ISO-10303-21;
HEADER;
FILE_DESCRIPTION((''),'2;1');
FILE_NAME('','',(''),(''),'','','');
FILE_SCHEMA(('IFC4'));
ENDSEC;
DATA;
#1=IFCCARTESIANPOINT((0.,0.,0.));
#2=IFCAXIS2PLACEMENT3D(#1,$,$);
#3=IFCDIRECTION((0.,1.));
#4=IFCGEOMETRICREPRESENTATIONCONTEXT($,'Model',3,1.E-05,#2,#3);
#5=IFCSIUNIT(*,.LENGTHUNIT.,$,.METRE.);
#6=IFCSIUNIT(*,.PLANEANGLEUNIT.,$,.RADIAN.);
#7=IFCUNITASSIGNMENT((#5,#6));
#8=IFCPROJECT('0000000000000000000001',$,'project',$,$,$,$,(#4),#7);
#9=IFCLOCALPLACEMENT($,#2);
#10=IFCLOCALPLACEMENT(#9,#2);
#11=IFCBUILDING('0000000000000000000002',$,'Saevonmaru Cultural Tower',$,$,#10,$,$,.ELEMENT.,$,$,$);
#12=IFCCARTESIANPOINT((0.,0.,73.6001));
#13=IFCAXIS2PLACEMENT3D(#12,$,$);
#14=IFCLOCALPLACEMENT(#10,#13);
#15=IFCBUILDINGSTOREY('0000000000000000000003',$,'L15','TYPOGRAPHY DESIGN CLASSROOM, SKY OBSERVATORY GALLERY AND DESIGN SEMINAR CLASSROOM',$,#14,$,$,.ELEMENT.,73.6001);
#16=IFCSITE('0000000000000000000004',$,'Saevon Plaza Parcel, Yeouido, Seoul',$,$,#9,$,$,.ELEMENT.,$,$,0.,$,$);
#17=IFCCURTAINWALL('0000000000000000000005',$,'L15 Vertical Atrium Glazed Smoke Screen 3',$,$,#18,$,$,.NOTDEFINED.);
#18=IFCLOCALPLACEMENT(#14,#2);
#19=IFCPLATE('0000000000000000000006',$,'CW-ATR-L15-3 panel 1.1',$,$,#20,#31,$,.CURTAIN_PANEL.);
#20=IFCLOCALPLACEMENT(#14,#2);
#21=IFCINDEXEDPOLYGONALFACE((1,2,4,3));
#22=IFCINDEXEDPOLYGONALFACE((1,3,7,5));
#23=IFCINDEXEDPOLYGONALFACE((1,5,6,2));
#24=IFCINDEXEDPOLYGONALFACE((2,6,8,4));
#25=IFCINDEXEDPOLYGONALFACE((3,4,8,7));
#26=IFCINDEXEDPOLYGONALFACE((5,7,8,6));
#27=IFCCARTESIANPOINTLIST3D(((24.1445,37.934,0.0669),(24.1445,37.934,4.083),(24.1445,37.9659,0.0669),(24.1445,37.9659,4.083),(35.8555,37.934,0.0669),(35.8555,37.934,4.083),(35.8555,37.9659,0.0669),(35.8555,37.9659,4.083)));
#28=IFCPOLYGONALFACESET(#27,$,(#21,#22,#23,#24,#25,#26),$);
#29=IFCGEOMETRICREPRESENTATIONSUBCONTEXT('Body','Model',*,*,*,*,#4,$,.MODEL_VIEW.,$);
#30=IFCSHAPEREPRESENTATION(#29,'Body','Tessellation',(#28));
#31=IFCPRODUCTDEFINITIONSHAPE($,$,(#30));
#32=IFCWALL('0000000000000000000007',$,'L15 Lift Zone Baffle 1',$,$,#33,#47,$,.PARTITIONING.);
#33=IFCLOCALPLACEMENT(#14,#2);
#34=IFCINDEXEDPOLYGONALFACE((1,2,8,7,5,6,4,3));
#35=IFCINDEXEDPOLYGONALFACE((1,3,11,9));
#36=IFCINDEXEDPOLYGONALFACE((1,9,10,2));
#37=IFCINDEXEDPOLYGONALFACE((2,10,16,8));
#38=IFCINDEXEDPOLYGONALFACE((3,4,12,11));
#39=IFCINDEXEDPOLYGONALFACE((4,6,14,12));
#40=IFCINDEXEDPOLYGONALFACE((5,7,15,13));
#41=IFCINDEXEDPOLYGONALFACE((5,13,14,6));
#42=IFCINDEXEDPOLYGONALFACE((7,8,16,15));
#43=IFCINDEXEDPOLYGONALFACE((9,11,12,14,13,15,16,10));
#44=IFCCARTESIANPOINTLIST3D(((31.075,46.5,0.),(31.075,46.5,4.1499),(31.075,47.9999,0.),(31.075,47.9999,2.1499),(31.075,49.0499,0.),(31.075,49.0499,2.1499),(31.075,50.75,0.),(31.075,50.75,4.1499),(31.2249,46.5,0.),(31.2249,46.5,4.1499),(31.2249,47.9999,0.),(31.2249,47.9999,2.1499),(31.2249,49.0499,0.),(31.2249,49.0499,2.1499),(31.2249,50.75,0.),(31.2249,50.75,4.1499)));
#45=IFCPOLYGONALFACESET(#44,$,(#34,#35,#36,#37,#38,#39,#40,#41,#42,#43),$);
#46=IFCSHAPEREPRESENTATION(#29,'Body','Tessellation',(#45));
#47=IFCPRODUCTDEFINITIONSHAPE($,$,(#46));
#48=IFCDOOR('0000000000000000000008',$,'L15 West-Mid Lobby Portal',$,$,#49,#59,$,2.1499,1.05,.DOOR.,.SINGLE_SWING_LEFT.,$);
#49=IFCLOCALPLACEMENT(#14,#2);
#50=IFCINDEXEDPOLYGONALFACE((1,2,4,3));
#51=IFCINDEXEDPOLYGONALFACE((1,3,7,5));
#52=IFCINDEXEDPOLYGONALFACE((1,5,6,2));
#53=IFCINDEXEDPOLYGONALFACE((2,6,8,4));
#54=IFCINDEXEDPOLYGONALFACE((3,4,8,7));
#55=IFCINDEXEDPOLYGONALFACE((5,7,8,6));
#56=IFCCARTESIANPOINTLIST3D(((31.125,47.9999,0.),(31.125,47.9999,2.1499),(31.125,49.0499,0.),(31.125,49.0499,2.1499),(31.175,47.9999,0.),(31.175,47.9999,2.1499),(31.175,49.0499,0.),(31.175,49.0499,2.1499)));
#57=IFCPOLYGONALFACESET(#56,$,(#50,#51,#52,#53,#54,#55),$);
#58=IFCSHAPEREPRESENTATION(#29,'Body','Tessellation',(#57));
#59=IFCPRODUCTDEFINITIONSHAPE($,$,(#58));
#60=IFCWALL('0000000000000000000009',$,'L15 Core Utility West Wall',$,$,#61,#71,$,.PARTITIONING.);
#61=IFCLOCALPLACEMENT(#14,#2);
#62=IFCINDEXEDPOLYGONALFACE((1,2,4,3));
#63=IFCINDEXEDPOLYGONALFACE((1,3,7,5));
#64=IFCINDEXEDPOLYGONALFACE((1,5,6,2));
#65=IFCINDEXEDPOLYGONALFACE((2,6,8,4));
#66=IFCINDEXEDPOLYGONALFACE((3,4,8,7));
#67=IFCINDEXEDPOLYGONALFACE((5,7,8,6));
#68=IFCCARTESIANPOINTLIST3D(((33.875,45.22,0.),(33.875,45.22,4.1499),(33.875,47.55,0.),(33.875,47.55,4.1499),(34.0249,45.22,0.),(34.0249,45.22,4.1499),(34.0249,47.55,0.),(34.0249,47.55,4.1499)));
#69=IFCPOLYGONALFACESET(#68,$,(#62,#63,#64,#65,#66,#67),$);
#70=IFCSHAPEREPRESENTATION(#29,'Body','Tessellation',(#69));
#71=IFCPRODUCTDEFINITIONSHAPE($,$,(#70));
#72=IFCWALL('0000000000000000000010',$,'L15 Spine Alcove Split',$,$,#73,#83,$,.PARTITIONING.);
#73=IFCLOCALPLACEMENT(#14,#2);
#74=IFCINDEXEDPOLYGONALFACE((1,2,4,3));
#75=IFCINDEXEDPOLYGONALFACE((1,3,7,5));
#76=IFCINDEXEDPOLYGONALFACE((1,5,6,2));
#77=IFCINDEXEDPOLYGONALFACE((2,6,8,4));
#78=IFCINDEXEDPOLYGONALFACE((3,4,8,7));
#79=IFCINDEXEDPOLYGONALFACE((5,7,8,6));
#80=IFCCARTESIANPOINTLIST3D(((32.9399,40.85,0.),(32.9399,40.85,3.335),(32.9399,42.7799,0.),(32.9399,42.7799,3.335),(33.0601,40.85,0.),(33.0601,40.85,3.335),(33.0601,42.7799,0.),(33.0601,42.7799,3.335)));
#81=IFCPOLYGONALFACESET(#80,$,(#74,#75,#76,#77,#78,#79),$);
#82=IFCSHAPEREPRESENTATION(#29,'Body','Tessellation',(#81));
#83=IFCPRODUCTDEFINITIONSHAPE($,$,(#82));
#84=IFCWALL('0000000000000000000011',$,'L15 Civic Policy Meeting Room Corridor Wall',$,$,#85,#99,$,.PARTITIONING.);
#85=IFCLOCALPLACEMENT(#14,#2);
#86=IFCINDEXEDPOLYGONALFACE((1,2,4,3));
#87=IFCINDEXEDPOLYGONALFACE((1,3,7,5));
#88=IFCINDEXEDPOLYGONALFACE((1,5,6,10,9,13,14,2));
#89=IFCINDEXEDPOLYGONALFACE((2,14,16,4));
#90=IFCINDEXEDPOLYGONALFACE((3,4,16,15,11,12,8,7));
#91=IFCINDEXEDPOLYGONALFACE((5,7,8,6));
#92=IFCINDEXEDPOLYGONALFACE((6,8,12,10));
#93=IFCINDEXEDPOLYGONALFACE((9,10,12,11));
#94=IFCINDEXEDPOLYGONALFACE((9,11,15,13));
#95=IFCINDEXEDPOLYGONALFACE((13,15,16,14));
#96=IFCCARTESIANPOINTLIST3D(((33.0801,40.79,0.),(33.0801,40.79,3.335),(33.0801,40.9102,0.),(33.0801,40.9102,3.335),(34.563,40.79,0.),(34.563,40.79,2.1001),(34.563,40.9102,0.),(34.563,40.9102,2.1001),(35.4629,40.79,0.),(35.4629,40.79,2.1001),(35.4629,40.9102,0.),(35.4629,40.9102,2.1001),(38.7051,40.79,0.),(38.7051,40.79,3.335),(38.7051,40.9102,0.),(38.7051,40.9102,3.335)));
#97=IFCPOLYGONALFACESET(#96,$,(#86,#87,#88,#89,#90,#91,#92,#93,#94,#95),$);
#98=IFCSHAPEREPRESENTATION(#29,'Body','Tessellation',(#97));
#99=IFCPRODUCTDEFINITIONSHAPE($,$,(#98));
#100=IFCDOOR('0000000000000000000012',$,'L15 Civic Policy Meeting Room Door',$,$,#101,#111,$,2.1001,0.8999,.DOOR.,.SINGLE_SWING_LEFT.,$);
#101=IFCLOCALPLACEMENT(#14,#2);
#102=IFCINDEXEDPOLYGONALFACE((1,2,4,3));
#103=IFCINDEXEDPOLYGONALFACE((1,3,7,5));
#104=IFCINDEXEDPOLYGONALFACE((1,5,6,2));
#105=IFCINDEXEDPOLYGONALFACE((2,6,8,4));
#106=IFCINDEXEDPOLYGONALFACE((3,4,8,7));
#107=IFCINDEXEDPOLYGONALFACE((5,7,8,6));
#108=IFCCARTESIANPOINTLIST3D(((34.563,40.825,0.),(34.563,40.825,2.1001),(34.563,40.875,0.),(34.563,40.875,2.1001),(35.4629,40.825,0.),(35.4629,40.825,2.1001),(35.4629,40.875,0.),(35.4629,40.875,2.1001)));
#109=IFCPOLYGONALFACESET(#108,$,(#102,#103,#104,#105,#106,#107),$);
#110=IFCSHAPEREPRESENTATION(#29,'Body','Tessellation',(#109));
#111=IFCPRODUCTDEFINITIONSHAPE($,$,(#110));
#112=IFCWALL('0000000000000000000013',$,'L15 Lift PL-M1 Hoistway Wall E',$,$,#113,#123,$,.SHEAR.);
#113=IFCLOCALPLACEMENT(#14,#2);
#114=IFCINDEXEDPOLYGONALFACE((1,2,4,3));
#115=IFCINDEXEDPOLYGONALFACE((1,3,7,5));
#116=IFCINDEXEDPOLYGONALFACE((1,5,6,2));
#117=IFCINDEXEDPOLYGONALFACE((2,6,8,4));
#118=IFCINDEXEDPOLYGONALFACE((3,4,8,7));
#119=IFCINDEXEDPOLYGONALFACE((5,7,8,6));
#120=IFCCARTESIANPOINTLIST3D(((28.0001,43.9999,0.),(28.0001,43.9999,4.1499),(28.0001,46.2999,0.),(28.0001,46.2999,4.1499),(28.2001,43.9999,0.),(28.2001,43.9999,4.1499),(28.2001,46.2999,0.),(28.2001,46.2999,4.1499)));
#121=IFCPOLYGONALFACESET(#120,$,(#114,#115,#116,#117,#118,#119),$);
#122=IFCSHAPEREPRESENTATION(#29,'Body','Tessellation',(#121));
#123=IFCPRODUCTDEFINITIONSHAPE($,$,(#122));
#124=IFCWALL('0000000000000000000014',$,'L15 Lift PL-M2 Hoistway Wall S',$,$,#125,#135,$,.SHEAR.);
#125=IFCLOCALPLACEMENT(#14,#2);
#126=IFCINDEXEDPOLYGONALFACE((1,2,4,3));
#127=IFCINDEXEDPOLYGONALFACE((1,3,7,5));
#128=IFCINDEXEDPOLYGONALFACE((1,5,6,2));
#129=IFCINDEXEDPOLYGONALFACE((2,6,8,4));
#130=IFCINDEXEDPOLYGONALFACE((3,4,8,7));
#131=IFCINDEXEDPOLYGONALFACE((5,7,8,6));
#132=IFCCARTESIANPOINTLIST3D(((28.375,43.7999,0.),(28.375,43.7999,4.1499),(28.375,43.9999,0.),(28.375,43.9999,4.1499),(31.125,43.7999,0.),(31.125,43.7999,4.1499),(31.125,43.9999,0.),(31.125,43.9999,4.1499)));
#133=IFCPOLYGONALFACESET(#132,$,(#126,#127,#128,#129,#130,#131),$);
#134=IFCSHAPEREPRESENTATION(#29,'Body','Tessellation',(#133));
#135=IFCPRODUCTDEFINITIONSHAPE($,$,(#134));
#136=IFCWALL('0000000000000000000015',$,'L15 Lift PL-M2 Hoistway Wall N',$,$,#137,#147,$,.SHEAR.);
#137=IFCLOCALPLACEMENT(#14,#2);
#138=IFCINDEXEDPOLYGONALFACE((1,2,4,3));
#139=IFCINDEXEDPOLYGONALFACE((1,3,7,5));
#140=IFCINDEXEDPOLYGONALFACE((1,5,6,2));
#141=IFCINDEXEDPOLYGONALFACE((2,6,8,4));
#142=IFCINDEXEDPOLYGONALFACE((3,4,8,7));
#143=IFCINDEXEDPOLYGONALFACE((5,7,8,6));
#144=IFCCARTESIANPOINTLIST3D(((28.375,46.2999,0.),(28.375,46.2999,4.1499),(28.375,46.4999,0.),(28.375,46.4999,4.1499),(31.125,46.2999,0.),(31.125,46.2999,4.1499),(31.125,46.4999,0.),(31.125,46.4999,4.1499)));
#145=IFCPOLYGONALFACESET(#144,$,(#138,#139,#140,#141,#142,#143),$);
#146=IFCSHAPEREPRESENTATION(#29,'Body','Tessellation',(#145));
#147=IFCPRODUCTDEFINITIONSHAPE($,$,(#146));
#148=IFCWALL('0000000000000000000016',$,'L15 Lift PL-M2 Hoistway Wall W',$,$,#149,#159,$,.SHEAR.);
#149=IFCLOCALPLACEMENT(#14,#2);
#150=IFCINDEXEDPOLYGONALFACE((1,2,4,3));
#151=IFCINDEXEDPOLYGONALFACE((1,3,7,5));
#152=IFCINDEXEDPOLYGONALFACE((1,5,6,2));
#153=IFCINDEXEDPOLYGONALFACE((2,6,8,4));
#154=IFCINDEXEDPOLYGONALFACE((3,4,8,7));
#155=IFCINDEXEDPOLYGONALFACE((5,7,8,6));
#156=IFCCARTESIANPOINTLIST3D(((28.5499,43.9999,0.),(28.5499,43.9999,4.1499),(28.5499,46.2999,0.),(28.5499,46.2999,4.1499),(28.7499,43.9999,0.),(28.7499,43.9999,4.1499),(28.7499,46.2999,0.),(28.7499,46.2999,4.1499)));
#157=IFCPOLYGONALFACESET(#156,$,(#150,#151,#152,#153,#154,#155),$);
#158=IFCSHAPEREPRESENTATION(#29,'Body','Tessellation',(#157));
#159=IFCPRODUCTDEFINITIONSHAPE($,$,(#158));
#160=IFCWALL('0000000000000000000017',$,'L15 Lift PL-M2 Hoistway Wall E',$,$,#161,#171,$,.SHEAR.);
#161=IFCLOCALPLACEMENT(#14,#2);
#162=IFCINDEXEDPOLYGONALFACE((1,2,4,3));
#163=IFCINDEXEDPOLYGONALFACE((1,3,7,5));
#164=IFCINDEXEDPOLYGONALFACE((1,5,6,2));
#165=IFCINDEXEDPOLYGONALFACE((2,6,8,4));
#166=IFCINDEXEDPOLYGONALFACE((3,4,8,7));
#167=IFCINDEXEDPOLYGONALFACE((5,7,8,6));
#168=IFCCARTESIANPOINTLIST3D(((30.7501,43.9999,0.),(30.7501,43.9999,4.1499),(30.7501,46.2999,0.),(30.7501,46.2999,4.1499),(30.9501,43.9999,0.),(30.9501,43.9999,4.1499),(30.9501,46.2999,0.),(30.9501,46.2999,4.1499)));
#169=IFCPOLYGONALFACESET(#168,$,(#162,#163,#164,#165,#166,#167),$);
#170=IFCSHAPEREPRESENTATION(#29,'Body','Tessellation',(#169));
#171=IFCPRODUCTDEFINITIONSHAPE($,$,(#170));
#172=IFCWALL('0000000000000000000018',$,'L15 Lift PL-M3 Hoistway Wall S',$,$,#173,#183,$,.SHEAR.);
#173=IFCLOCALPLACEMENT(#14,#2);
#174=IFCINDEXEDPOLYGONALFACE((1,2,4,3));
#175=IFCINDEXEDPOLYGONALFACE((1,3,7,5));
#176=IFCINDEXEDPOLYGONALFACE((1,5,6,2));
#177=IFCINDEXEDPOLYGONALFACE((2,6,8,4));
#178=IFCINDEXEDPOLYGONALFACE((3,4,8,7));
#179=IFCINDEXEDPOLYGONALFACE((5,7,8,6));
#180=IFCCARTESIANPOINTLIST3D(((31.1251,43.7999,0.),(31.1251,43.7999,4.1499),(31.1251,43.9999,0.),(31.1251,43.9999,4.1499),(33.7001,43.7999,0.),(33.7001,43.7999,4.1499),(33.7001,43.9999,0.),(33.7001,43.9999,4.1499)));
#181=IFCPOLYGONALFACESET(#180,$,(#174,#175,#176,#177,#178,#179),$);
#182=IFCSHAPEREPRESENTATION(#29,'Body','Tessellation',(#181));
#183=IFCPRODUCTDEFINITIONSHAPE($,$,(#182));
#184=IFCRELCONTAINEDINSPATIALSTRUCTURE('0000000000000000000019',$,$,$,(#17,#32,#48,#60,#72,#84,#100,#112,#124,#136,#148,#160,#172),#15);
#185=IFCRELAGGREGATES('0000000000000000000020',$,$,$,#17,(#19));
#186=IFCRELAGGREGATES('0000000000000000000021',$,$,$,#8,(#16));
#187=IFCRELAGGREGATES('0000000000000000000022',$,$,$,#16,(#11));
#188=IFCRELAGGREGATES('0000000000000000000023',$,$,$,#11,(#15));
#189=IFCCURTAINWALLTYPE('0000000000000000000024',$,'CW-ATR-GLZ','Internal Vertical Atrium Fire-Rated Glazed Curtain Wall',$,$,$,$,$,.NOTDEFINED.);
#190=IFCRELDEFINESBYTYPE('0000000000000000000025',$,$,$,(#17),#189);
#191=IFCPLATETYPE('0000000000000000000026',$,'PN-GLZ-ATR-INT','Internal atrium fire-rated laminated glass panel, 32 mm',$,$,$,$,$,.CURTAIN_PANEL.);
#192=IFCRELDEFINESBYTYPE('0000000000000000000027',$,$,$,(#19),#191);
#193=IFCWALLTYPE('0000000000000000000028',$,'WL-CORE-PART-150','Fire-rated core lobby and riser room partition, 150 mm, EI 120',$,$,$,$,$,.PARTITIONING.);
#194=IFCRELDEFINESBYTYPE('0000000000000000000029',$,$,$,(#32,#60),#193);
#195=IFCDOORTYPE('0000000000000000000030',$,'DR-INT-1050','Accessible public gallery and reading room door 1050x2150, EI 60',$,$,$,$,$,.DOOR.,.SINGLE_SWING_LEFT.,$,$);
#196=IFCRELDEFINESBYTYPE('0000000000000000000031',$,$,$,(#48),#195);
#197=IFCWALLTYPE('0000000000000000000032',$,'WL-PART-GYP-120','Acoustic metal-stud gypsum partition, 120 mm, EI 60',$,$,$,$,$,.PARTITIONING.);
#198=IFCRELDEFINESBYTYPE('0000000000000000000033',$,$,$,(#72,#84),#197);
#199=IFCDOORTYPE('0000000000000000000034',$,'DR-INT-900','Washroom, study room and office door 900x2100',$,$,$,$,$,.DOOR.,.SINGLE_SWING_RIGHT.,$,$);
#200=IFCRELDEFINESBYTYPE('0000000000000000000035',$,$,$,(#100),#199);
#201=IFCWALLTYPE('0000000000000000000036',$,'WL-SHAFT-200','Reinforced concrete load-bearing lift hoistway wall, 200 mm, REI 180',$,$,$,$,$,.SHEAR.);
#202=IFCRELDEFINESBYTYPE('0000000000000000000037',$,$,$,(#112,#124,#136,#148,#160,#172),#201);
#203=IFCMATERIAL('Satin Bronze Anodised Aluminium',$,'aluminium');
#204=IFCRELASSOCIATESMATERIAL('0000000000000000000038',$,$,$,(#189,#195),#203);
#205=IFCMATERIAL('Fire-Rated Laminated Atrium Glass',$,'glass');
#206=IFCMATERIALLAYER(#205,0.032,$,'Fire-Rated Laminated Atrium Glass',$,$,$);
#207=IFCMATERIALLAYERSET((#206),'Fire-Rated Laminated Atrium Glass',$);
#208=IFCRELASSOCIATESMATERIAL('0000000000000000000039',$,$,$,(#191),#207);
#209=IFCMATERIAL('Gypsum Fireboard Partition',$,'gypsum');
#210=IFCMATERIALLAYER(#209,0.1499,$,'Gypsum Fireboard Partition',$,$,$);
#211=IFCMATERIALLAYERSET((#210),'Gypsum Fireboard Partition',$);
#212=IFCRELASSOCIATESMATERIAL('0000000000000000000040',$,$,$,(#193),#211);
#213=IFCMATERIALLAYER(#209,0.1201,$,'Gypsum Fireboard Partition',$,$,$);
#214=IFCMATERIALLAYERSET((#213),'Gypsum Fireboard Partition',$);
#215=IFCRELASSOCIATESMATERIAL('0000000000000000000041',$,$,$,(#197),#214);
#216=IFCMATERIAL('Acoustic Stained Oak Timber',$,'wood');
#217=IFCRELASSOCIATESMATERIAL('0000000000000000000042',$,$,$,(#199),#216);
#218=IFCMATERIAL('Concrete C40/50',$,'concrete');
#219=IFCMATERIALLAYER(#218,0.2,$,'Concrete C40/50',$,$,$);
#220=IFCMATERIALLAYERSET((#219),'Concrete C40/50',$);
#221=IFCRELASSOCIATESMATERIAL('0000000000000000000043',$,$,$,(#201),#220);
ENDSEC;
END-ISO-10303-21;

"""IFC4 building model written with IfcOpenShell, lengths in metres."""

from ifc_helpers import new_model, si_unit, direction, frame, frame_2d, origin, origin_2d, place, context, subcontext, project, spatial, rectangle, extrude, material, layer, layer_set, type_object, element, fill, aggregate, save


model = new_model("IFC4")

# Units and contexts
model_context = context("Model", 3, precision=1e-05, world=origin(), true_north=direction((0.0, 1.0)))
body_context = subcontext(model_context, "Body", "Model", "MODEL_VIEW")
ifc_project = project(units=[si_unit("LENGTHUNIT", "METRE"), si_unit("PLANEANGLEUNIT", "RADIAN")], contexts=[model_context])

# Site, building, storey
site_placement = place(None, origin())
site = spatial("IfcSite", under=ifc_project, at=site_placement, Name="Saevon Plaza Parcel, Yeouido, Seoul", CompositionType="ELEMENT", RefElevation=0.0)
building_placement = place(site_placement, origin())
building = spatial("IfcBuilding", under=site, at=building_placement, Name="Saevonmaru Cultural Tower", CompositionType="ELEMENT")
storey_placement = place(building_placement, frame((0.0, 0.0, 73.6001)))
storey = spatial("IfcBuildingStorey", under=building, at=storey_placement, Name="L15", Description="TYPOGRAPHY DESIGN CLASSROOM, SKY OBSERVATORY GALLERY AND DESIGN SEMINAR CLASSROOM", CompositionType="ELEMENT", Elevation=73.6001)

# Curtain wall, plate
ifc_material_1 = material(Name="Satin Bronze Anodised Aluminium", Category="aluminium")
curtain_wall_type = type_object("IfcCurtainWallType", Name="CW-ATR-GLZ", Description="Internal Vertical Atrium Fire-Rated Glazed Curtain Wall", PredefinedType="NOTDEFINED", material=ifc_material_1)
curtain_wall_placement = place(storey_placement, origin())
curtain_wall = element("IfcCurtainWall", 1, at=curtain_wall_placement, inside=storey, type_object=curtain_wall_type, Name="L15 Vertical Atrium Glazed Smoke Screen 3", PredefinedType="NOTDEFINED")
ifc_material_2 = material(Name="Fire-Rated Laminated Atrium Glass", Category="glass")
ifc_layer_1 = layer(ifc_material_2, 0.032, Name="Fire-Rated Laminated Atrium Glass")
ifc_layer_set_1 = layer_set([ifc_layer_1], Name="Fire-Rated Laminated Atrium Glass")
plate_type = type_object("IfcPlateType", Name="PN-GLZ-ATR-INT", Description="Internal atrium fire-rated laminated glass panel, 32 mm", PredefinedType="CURTAIN_PANEL", material=ifc_layer_set_1)
plate_placement = place(storey_placement, frame((30.0, 37.95, 0.0669), z_axis=(0.0, 0.0, 1.0), x_axis=(-1.0, 0.0, 0.0)))
plate = element("IfcPlate", 2, at=plate_placement, type_object=plate_type, Name="CW-ATR-L15-3 panel 1.1", PredefinedType="CURTAIN_PANEL", context=body_context, shape_type="SweptSolid", body=[
    extrude(rectangle(XDim=11.7109, YDim=0.032, at=origin_2d()), origin(), (0.0, 0.0, 1.0), 4.0161),
])
aggregate(curtain_wall, [plate])

# Wall, opening, door
ifc_material_3 = material(Name="Gypsum Fireboard Partition", Category="gypsum")
ifc_layer_2 = layer(ifc_material_3, 0.1499, Name="Gypsum Fireboard Partition")
ifc_layer_set_2 = layer_set([ifc_layer_2], Name="Gypsum Fireboard Partition")
wall_type_1 = type_object("IfcWallType", Name="WL-CORE-PART-150", Description="Fire-rated core lobby and riser room partition, 150 mm, EI 120", PredefinedType="PARTITIONING", material=ifc_layer_set_2)
wall_1_placement = place(storey_placement, frame((31.1499, 46.5, 0.0), z_axis=(0.0, 0.0, 1.0), x_axis=(0.0, 1.0, 0.0)))
wall_1 = element("IfcWall", 3, at=wall_1_placement, inside=storey, type_object=wall_type_1, Name="L15 Lift Zone Baffle 1", PredefinedType="PARTITIONING", context=body_context, shape_type="SweptSolid", body=[
    extrude(rectangle(XDim=4.25, YDim=0.1499, at=frame_2d((2.125, 0.0))), origin(), (0.0, 0.0, 1.0), 4.1499),
])
opening_1_placement = place(wall_1_placement, frame((1.5, 0.0, 0.0)))
opening_1 = element("IfcOpeningElement", 4, at=opening_1_placement, cuts=wall_1, PredefinedType="OPENING", context=body_context, shape_type="SweptSolid", body=[
    extrude(rectangle(XDim=1.05, YDim=2.1499, at=frame_2d((0.5249, 1.075))), frame((0.0, 0.085, 0.0), z_axis=(0.0, -1.0, 0.0), x_axis=(1.0, 0.0, 0.0)), (0.0, 0.0, 1.0), 0.1699),
])
door_type_1 = type_object("IfcDoorType", Name="DR-INT-1050", Description="Accessible public gallery and reading room door 1050x2150, EI 60", OperationType="SINGLE_SWING_LEFT", PredefinedType="DOOR", material=ifc_material_1)
door_1_placement = place(opening_1_placement, origin())
door_1 = element("IfcDoor", 5, at=door_1_placement, inside=storey, type_object=door_type_1, Name="L15 West-Mid Lobby Portal", OperationType="SINGLE_SWING_LEFT", OverallHeight=2.1499, OverallWidth=1.05, PredefinedType="DOOR", context=body_context, shape_type="SweptSolid", body=[
    extrude(rectangle(XDim=1.05, YDim=2.1499, at=frame_2d((0.5249, 1.075))), frame((0.0, 0.0249, 0.0), z_axis=(0.0, -1.0, 0.0), x_axis=(1.0, 0.0, 0.0)), (0.0, 0.0, 1.0), 0.05),
])
fill(opening_1, door_1)

# Walls
wall_2_placement = place(storey_placement, frame((33.95, 45.22, 0.0), z_axis=(0.0, 0.0, 1.0), x_axis=(0.0, 1.0, 0.0)))
element("IfcWall", 6, at=wall_2_placement, inside=storey, type_object=wall_type_1, Name="L15 Core Utility West Wall", PredefinedType="PARTITIONING", context=body_context, shape_type="SweptSolid", body=[
    extrude(rectangle(XDim=2.3301, YDim=0.1499, at=frame_2d((1.165, 0.0))), origin(), (0.0, 0.0, 1.0), 4.1499),
])
ifc_layer_3 = layer(ifc_material_3, 0.1201, Name="Gypsum Fireboard Partition")
ifc_layer_set_3 = layer_set([ifc_layer_3], Name="Gypsum Fireboard Partition")
wall_type_2 = type_object("IfcWallType", Name="WL-PART-GYP-120", Description="Acoustic metal-stud gypsum partition, 120 mm, EI 60", PredefinedType="PARTITIONING", material=ifc_layer_set_3)
wall_3_placement = place(storey_placement, frame((33.0, 40.8501, 0.0), z_axis=(0.0, 0.0, 1.0), x_axis=(0.0, 1.0, 0.0)))
element("IfcWall", 7, at=wall_3_placement, inside=storey, type_object=wall_type_2, Name="L15 Spine Alcove Split", PredefinedType="PARTITIONING", context=body_context, shape_type="SweptSolid", body=[
    extrude(rectangle(XDim=1.9299, YDim=0.1201, at=frame_2d((0.9648, 0.0))), origin(), (0.0, 0.0, 1.0), 3.335),
])

# Wall, opening, door
wall_4_placement = place(storey_placement, frame((33.0801, 40.8501, 0.0), z_axis=(0.0, 0.0, 1.0), x_axis=(1.0, 0.0, 0.0)))
wall_4 = element("IfcWall", 8, at=wall_4_placement, inside=storey, type_object=wall_type_2, Name="L15 Civic Policy Meeting Room Corridor Wall", PredefinedType="PARTITIONING", context=body_context, shape_type="SweptSolid", body=[
    extrude(rectangle(XDim=5.625, YDim=0.1201, at=frame_2d((2.8125, 0.0))), origin(), (0.0, 0.0, 1.0), 3.335),
])
opening_2_placement = place(wall_4_placement, frame((1.4829, 0.0, 0.0)))
opening_2 = element("IfcOpeningElement", 9, at=opening_2_placement, cuts=wall_4, PredefinedType="OPENING", context=body_context, shape_type="SweptSolid", body=[
    extrude(rectangle(XDim=0.8999, YDim=2.1001, at=frame_2d((0.45, 1.05))), frame((0.0, 0.0701, 0.0), z_axis=(0.0, -1.0, 0.0), x_axis=(1.0, 0.0, 0.0)), (0.0, 0.0, 1.0), 0.1401),
])
ifc_material_4 = material(Name="Acoustic Stained Oak Timber", Category="wood")
door_type_2 = type_object("IfcDoorType", Name="DR-INT-900", Description="Washroom, study room and office door 900x2100", OperationType="SINGLE_SWING_RIGHT", PredefinedType="DOOR", material=ifc_material_4)
door_2_placement = place(opening_2_placement, origin())
door_2 = element("IfcDoor", 10, at=door_2_placement, inside=storey, type_object=door_type_2, Name="L15 Civic Policy Meeting Room Door", OperationType="SINGLE_SWING_LEFT", OverallHeight=2.1001, OverallWidth=0.8999, PredefinedType="DOOR", context=body_context, shape_type="SweptSolid", body=[
    extrude(rectangle(XDim=0.8999, YDim=2.1001, at=frame_2d((0.45, 1.05))), frame((0.0, 0.0249, 0.0), z_axis=(0.0, -1.0, 0.0), x_axis=(1.0, 0.0, 0.0)), (0.0, 0.0, 1.0), 0.05),
])
fill(opening_2, door_2)

# Walls
ifc_material_5 = material(Name="Concrete C40/50", Category="concrete")
ifc_layer_4 = layer(ifc_material_5, 0.2, Name="Concrete C40/50")
ifc_layer_set_4 = layer_set([ifc_layer_4], Name="Concrete C40/50")
wall_type_3 = type_object("IfcWallType", Name="WL-SHAFT-200", Description="Reinforced concrete load-bearing lift hoistway wall, 200 mm, REI 180", PredefinedType="SHEAR", material=ifc_layer_set_4)
wall_5_placement = place(storey_placement, frame((28.1001, 44.0, 0.0), z_axis=(0.0, 0.0, 1.0), x_axis=(0.0, 1.0, 0.0)))
element("IfcWall", 11, at=wall_5_placement, inside=storey, type_object=wall_type_3, Name="L15 Lift PL-M1 Hoistway Wall E", PredefinedType="SHEAR", context=body_context, shape_type="SweptSolid", body=[
    extrude(rectangle(XDim=2.3, YDim=0.2, at=frame_2d((1.1499, 0.0))), origin(), (0.0, 0.0, 1.0), 4.1499),
])
for number, where, z_axis, x_axis, name in (
    (12, (28.375, 43.8999, 0.0), (0.0, 0.0, 1.0), (1.0, 0.0, 0.0), "L15 Lift PL-M2 Hoistway Wall S"),
    (13, (28.375, 46.3999, 0.0), (0.0, 0.0, 1.0), (1.0, 0.0, 0.0), "L15 Lift PL-M2 Hoistway Wall N"),
):
    element("IfcWall", number, at=place(storey_placement, frame(where, z_axis=z_axis, x_axis=x_axis)), inside=storey, type_object=wall_type_3, Name=name, PredefinedType="SHEAR", context=body_context, shape_type="SweptSolid", body=[
        extrude(rectangle(XDim=2.75, YDim=0.2, at=frame_2d((1.375, 0.0))), origin(), (0.0, 0.0, 1.0), 4.1499),
    ])
for number, where, z_axis, x_axis, name in (
    (14, (28.6499, 44.0, 0.0), (0.0, 0.0, 1.0), (0.0, 1.0, 0.0), "L15 Lift PL-M2 Hoistway Wall W"),
    (15, (30.8501, 44.0, 0.0), (0.0, 0.0, 1.0), (0.0, 1.0, 0.0), "L15 Lift PL-M2 Hoistway Wall E"),
):
    element("IfcWall", number, at=place(storey_placement, frame(where, z_axis=z_axis, x_axis=x_axis)), inside=storey, type_object=wall_type_3, Name=name, PredefinedType="SHEAR", context=body_context, shape_type="SweptSolid", body=[
        extrude(rectangle(XDim=2.3, YDim=0.2, at=frame_2d((1.1499, 0.0))), origin(), (0.0, 0.0, 1.0), 4.1499),
    ])
for number, where, z_axis, x_axis, name in (
    (16, (31.125, 43.8999, 0.0), (0.0, 0.0, 1.0), (1.0, 0.0, 0.0), "L15 Lift PL-M3 Hoistway Wall S"),
):
    element("IfcWall", number, at=place(storey_placement, frame(where, z_axis=z_axis, x_axis=x_axis)), inside=storey, type_object=wall_type_3, Name=name, PredefinedType="SHEAR", context=body_context, shape_type="SweptSolid", body=[
        extrude(rectangle(XDim=2.575, YDim=0.2, at=frame_2d((1.2876, 0.0))), origin(), (0.0, 0.0, 1.0), 4.1499),
    ])

save(model, "model.ifc")
